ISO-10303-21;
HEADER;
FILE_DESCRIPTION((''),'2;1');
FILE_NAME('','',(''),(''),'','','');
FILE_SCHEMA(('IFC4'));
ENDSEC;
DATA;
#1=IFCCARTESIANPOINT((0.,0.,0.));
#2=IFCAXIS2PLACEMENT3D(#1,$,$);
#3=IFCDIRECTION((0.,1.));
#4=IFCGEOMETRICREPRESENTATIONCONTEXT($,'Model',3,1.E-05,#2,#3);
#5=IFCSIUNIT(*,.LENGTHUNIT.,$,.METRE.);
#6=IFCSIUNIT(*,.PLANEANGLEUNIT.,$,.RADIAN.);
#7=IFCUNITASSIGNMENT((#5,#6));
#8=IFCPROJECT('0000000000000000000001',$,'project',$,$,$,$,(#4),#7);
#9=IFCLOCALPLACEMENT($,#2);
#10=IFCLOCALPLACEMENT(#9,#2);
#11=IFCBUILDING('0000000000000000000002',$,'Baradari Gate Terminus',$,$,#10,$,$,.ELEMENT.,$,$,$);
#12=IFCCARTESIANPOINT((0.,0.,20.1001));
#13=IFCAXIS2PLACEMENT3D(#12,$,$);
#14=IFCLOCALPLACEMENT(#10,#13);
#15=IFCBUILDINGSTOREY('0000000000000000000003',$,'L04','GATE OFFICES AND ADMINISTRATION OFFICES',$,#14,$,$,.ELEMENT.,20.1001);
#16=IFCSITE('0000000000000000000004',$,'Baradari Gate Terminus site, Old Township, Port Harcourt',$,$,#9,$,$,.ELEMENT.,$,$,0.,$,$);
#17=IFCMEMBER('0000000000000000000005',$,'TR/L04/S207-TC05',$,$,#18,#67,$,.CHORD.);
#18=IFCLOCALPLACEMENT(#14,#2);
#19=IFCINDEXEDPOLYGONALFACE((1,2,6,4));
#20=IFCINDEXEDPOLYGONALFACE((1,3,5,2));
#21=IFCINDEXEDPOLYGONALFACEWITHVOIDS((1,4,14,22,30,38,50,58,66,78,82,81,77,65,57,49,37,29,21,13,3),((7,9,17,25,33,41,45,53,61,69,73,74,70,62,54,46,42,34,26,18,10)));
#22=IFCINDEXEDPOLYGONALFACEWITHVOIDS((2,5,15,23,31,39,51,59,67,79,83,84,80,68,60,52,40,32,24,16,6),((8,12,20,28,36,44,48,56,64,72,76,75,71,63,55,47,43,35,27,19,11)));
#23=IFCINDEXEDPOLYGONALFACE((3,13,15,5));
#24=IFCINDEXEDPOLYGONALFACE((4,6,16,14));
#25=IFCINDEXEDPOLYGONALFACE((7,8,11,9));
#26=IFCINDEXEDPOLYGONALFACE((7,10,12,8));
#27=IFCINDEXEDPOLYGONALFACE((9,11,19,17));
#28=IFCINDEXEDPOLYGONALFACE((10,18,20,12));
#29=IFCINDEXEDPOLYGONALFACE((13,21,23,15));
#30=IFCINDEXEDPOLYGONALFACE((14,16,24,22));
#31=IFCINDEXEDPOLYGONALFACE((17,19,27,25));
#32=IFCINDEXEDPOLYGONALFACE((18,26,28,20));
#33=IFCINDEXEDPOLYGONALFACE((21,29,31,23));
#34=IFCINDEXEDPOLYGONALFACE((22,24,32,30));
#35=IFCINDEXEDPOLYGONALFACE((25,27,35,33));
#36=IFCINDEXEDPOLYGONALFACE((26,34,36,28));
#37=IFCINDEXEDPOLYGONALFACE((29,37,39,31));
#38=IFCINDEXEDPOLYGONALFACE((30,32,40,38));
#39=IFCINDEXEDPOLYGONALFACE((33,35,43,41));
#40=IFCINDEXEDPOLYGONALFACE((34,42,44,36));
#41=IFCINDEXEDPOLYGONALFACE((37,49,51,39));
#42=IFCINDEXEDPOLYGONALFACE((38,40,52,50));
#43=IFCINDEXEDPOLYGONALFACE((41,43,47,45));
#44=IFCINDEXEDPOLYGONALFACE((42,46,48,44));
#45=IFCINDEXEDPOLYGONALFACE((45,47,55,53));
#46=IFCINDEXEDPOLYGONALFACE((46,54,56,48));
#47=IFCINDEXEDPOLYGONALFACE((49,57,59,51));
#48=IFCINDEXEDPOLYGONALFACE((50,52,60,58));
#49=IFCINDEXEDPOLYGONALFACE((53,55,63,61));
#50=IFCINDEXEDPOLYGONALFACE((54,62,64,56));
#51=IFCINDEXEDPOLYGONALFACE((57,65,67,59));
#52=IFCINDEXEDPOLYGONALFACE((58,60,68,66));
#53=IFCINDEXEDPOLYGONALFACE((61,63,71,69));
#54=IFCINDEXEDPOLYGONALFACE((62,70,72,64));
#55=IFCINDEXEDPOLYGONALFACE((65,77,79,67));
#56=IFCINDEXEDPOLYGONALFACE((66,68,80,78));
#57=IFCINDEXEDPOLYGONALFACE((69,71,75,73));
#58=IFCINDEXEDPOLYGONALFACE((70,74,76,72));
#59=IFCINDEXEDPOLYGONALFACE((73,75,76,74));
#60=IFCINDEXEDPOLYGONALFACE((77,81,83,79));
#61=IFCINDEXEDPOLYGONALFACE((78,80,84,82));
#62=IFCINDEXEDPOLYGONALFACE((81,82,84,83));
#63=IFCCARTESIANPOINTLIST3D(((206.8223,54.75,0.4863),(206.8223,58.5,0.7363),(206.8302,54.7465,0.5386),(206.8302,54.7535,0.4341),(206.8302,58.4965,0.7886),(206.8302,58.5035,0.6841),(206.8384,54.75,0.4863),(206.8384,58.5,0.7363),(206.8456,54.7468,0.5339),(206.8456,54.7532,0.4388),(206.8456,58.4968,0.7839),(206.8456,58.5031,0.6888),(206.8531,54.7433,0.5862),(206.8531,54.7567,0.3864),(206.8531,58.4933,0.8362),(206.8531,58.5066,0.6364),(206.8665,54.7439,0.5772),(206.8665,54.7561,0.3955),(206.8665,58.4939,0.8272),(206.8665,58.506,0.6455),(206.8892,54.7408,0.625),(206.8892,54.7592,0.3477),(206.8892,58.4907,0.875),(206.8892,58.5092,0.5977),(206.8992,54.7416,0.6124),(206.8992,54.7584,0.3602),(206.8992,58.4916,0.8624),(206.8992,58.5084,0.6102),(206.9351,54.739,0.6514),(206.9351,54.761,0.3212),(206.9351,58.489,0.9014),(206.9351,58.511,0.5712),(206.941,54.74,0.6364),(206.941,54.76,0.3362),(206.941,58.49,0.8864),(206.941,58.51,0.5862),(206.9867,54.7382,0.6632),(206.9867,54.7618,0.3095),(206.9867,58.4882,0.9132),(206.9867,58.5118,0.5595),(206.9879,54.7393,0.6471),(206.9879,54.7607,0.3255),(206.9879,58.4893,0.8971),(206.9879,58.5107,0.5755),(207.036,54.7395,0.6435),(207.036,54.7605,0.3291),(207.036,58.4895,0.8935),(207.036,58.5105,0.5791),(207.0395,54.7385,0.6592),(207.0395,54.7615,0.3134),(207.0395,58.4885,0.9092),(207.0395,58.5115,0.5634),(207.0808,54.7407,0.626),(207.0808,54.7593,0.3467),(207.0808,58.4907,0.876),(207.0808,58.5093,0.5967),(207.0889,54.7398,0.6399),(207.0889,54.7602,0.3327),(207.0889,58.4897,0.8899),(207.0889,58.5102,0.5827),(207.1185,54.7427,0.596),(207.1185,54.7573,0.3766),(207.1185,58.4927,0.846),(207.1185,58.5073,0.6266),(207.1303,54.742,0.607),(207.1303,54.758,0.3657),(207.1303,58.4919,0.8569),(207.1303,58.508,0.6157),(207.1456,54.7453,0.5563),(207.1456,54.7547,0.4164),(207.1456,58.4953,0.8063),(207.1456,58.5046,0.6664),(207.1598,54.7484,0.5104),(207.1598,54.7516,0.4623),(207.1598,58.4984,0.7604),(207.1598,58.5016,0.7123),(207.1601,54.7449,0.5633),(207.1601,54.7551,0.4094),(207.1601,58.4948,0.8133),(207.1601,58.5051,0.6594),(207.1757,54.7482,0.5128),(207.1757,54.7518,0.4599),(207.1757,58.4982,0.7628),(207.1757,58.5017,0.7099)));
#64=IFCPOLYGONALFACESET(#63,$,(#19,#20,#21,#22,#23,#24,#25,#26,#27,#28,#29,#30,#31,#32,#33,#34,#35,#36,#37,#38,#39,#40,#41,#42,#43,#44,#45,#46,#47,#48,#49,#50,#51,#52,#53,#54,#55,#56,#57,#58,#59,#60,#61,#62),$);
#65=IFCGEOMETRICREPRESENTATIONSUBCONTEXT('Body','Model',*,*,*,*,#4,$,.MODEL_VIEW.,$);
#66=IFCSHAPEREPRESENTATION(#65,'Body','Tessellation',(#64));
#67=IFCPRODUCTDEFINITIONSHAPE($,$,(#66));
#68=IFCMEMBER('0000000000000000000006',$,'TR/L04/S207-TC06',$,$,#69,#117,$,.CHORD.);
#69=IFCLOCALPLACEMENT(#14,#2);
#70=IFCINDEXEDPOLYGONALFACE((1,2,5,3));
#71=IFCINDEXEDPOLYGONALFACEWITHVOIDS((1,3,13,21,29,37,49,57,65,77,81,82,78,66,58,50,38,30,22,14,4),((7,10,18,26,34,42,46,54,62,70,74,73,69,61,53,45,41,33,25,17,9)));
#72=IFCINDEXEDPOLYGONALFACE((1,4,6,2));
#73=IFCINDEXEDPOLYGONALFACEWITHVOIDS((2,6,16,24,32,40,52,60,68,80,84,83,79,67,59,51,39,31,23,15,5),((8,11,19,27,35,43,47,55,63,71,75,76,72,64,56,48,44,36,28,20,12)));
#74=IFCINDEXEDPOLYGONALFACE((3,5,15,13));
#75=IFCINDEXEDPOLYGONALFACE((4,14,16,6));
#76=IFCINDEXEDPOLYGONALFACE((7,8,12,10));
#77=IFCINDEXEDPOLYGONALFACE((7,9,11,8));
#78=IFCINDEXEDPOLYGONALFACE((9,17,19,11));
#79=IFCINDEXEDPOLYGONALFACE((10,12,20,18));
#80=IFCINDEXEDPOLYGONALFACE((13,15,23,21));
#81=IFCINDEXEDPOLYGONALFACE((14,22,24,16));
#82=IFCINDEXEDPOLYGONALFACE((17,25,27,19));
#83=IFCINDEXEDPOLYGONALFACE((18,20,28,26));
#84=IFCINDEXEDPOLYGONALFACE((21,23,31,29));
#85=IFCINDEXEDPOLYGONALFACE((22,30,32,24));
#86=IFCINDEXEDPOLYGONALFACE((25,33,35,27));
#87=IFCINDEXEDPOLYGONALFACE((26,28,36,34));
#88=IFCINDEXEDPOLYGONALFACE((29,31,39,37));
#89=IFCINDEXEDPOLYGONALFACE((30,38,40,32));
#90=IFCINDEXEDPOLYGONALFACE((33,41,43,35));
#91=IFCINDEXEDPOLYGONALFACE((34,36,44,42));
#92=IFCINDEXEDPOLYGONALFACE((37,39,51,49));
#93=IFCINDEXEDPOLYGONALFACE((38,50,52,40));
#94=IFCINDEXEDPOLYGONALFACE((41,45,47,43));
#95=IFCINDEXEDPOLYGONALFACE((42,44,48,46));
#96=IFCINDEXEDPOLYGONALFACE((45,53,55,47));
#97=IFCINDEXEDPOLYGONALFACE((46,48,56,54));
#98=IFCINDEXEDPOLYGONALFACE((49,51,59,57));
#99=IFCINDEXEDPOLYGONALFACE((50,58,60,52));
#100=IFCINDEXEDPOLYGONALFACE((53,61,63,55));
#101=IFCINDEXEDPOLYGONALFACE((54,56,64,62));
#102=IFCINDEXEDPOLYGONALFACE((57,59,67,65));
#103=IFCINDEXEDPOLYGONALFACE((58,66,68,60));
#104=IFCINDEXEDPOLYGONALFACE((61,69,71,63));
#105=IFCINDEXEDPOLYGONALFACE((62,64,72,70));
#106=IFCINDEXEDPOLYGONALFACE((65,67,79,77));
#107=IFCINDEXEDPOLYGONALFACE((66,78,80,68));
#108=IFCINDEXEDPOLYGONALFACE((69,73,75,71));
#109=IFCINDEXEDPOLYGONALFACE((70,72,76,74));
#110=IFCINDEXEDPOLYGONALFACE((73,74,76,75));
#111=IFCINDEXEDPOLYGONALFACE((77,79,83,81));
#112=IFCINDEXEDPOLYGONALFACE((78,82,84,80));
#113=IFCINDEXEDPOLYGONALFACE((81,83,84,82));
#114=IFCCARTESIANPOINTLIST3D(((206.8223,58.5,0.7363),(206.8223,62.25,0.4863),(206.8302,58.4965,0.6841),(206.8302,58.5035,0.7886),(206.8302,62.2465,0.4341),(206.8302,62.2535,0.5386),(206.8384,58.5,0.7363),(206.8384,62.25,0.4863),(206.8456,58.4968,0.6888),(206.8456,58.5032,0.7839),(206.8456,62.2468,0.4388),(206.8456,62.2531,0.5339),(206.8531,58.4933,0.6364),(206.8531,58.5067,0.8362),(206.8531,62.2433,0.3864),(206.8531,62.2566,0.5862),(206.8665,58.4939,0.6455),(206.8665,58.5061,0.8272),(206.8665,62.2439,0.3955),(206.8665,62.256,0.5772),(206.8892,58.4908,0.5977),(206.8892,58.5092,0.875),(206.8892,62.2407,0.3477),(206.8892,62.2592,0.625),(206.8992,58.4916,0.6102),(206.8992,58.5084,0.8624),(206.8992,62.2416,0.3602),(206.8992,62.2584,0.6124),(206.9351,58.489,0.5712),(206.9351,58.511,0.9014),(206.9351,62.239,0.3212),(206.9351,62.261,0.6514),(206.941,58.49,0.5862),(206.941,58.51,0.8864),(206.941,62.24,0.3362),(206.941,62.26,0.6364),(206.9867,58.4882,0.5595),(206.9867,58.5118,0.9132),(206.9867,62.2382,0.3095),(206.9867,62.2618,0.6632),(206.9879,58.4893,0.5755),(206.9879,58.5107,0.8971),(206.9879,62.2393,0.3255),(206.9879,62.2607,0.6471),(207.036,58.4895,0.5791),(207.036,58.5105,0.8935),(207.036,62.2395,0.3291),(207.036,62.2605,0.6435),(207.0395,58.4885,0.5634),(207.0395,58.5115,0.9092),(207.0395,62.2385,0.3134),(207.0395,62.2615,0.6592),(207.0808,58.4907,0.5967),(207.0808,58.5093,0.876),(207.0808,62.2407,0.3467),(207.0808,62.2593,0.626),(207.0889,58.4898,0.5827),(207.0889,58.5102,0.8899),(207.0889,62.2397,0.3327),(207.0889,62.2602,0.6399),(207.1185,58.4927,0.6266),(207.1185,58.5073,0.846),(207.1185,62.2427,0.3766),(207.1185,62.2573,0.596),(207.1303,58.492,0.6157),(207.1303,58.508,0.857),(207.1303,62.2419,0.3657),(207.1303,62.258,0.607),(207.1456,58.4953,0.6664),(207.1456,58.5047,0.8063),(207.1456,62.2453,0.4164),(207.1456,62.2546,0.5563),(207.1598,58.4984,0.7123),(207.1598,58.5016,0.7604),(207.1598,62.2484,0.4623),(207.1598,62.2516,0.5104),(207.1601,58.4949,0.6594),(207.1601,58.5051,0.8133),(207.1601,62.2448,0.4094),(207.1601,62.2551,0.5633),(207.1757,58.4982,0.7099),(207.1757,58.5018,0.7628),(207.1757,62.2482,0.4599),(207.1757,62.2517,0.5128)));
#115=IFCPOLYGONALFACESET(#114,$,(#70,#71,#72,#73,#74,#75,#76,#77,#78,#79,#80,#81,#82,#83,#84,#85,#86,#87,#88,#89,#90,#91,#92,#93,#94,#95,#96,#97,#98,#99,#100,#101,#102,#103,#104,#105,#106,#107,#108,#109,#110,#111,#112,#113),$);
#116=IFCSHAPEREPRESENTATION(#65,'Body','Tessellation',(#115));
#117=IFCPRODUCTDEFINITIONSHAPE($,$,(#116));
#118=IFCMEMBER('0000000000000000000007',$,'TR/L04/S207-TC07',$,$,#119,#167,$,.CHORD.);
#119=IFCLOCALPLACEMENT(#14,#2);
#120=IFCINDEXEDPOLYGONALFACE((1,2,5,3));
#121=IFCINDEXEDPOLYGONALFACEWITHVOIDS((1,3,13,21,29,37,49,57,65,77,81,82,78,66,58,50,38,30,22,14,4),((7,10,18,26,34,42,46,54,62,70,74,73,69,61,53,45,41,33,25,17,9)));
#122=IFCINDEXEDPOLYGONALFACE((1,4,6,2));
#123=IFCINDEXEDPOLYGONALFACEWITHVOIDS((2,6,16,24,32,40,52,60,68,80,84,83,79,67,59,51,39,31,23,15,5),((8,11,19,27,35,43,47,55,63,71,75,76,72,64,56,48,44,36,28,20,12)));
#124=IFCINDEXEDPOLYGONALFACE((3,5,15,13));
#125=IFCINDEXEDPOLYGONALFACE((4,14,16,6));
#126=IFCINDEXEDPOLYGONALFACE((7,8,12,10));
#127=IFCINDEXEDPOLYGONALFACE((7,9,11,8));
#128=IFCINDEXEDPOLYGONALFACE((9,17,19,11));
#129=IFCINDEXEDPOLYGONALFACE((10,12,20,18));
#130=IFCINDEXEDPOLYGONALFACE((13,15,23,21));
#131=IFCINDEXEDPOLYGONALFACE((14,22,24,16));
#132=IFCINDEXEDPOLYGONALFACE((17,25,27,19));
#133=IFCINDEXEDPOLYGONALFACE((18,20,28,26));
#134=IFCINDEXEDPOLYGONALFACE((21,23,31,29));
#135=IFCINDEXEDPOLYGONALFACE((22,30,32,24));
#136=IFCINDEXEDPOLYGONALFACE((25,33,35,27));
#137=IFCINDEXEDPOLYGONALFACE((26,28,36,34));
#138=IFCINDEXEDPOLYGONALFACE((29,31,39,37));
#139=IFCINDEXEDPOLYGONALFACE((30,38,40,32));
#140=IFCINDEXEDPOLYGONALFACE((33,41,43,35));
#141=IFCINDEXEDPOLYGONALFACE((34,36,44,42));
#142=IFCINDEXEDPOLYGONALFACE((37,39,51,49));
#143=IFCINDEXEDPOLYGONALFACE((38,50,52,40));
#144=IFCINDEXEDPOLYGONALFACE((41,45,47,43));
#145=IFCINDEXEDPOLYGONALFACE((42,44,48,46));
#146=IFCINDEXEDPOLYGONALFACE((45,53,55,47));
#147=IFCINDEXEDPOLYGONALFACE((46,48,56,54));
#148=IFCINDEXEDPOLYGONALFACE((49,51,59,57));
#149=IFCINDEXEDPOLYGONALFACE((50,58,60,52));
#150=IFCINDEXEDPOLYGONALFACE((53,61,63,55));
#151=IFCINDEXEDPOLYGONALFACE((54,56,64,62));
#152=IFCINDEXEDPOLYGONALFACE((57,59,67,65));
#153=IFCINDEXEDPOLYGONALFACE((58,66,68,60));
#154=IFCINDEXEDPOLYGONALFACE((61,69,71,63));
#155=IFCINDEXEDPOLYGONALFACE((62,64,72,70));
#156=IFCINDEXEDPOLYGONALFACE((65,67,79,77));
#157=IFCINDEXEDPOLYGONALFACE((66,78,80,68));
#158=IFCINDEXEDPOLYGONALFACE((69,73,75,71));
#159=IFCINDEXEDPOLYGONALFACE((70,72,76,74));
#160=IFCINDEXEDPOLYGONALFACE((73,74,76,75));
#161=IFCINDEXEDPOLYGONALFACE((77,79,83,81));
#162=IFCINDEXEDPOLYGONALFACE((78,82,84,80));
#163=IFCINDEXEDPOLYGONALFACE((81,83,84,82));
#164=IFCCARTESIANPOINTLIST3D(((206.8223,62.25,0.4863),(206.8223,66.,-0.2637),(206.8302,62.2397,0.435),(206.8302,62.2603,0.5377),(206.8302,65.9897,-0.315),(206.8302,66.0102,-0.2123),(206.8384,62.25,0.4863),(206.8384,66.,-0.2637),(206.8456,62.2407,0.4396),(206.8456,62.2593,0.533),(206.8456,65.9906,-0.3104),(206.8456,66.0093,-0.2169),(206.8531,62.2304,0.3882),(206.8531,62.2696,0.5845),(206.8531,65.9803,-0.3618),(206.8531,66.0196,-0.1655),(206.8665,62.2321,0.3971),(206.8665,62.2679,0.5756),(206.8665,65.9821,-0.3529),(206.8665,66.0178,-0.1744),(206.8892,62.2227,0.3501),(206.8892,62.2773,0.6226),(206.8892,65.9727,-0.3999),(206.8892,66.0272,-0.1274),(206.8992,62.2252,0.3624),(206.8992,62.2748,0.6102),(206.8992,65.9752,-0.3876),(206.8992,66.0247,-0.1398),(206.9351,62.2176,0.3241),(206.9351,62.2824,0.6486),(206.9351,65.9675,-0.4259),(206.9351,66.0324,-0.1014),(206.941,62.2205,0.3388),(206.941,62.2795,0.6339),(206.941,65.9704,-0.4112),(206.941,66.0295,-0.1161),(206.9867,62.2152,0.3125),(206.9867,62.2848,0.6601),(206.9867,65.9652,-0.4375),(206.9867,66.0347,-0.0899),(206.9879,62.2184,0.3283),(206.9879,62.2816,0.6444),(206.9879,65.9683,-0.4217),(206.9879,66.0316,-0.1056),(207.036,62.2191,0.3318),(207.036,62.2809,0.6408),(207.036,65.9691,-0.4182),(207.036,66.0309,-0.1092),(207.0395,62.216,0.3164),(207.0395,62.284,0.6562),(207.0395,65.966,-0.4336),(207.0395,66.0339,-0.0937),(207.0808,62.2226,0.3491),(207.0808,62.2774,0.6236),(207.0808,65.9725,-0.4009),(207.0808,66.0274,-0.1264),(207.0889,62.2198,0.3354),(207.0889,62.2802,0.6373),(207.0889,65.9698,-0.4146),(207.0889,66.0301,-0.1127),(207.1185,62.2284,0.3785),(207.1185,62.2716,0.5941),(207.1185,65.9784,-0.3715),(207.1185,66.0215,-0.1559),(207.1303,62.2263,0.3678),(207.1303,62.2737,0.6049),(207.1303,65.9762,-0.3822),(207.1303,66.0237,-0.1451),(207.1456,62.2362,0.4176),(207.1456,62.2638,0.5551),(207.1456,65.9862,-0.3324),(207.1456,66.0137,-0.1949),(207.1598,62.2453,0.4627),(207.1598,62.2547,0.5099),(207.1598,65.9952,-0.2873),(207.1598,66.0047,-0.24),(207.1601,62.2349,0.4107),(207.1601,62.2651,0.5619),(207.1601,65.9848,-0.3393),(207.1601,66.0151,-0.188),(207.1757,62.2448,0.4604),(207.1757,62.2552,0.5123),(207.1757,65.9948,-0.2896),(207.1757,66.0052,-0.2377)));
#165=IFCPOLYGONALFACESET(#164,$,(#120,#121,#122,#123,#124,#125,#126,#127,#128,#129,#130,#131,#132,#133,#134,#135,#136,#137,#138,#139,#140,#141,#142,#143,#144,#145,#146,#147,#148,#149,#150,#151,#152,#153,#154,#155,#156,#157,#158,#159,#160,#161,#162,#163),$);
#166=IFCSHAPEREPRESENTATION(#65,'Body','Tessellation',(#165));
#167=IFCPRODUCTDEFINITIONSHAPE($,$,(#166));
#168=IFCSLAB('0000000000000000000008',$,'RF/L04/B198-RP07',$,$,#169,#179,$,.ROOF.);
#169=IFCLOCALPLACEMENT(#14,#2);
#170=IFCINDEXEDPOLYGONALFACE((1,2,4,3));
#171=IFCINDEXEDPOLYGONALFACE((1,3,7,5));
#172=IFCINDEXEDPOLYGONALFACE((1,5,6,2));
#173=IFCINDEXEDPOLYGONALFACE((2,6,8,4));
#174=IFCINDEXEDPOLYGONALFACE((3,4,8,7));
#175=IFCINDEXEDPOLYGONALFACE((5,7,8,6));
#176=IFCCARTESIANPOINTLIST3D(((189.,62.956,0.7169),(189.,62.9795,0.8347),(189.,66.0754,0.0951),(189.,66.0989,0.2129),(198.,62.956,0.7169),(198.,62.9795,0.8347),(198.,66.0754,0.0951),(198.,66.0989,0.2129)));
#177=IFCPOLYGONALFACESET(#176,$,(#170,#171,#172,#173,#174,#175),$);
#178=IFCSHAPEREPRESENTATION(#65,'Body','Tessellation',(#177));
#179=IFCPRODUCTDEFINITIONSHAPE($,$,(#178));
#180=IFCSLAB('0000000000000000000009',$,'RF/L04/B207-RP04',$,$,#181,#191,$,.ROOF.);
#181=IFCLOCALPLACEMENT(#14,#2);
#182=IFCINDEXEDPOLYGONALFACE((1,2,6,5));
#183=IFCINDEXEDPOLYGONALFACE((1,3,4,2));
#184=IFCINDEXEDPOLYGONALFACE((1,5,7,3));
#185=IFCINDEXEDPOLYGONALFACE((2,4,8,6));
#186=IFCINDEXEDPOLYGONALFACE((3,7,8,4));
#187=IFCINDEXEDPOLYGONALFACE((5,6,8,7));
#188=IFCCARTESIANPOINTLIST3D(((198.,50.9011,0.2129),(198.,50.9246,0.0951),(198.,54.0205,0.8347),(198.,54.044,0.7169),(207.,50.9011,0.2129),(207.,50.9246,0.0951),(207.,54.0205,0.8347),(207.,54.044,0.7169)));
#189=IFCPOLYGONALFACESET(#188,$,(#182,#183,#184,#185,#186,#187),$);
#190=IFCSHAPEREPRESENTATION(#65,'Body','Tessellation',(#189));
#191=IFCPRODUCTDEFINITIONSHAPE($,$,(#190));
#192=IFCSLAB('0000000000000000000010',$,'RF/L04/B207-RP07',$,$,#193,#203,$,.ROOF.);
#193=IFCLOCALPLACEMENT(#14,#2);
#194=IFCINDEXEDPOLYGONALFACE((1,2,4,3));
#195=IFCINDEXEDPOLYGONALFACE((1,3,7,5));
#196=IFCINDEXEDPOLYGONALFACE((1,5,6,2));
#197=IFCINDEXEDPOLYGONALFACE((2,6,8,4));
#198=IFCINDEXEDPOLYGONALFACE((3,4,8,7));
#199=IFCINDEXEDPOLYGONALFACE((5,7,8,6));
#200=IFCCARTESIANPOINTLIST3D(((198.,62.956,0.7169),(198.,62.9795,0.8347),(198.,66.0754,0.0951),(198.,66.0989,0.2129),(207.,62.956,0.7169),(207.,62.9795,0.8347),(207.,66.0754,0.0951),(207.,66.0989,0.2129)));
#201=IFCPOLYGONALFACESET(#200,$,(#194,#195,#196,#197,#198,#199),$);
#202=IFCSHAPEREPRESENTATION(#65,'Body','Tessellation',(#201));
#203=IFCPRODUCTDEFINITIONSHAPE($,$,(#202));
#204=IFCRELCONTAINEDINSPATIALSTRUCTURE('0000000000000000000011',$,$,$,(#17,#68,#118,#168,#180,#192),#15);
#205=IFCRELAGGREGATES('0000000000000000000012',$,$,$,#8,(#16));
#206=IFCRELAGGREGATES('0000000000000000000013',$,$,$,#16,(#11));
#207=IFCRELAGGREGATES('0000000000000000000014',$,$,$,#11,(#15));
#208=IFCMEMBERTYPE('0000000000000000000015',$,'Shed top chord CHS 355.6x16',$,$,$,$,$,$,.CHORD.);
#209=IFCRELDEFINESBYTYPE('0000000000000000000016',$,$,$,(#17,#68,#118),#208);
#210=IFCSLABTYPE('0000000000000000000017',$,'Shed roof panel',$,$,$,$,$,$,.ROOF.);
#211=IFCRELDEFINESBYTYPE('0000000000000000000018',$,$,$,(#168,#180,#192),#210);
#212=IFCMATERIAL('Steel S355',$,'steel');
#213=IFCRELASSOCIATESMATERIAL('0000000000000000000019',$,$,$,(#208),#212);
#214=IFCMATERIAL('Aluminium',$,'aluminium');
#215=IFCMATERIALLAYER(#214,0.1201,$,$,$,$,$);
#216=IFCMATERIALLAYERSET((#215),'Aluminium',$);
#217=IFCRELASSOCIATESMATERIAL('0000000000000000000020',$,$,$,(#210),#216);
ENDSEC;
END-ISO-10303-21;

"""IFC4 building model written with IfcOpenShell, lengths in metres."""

from ifc_helpers import new_model, si_unit, direction, frame, origin, origin_2d, place, context, subcontext, project, spatial, polyline, hollow_circle, outline, extrude, material, layer, layer_set, material_profile, profile_set, type_object, element, save


model = new_model("IFC4")

# Units and contexts
model_context = context("Model", 3, precision=1e-05, world=origin(), true_north=direction((0.0, 1.0)))
body_context = subcontext(model_context, "Body", "Model", "MODEL_VIEW")
ifc_project = project(units=[si_unit("LENGTHUNIT", "METRE"), si_unit("PLANEANGLEUNIT", "RADIAN")], contexts=[model_context])

# Site, building, storey
site_placement = place(None, origin())
site = spatial("IfcSite", under=ifc_project, at=site_placement, Name="Baradari Gate Terminus site, Old Township, Port Harcourt", CompositionType="ELEMENT", RefElevation=0.0)
building_placement = place(site_placement, origin())
building = spatial("IfcBuilding", under=site, at=building_placement, Name="Baradari Gate Terminus", CompositionType="ELEMENT")
storey_placement = place(building_placement, frame((0.0, 0.0, 20.1001)))
storey = spatial("IfcBuildingStorey", under=building, at=storey_placement, Name="L04", Description="GATE OFFICES AND ADMINISTRATION OFFICES", CompositionType="ELEMENT", Elevation=20.1001)

# Members
ifc_material_1 = material(Name="Steel S355", Category="steel")
ifc_material_profile_1 = material_profile(ifc_material_1, hollow_circle(Radius=0.1777, WallThickness=0.0161, at=origin_2d()), Name="CHS 355.6x16")
ifc_profile_set_1 = profile_set([ifc_material_profile_1], Name="Steel S355")
member_type_1 = type_object("IfcMemberType", Name="Shed top chord CHS 355.6x16", PredefinedType="CHORD", material=ifc_profile_set_1)
for number, where, z_axis, x_axis, name in (
    (1, (207.0, 54.75, 0.4863), (0.0, 0.997785, 0.066519), (-1.0, 0.0, 0.0), "TR/L04/S207-TC05"),
    (2, (207.0, 58.5, 0.7363), (0.0, 0.997785, -0.066519), (-1.0, 0.0, 0.0), "TR/L04/S207-TC06"),
):
    element("IfcMember", number, at=place(storey_placement, frame(where, z_axis=z_axis, x_axis=x_axis)), inside=storey, type_object=member_type_1, Name=name, PredefinedType="CHORD", context=body_context, shape_type="SweptSolid", body=[
        extrude(hollow_circle(Radius=0.1777, WallThickness=0.0161, at=origin_2d()), origin(), (0.0, 0.0, 1.0), 3.7583),
    ])
member_1_placement = place(storey_placement, frame((207.0, 62.25, 0.4863), z_axis=(0.0, 0.980581, -0.196116), x_axis=(-1.0, 0.0, 0.0)))
element("IfcMember", 3, at=member_1_placement, inside=storey, type_object=member_type_1, Name="TR/L04/S207-TC07", PredefinedType="CHORD", context=body_context, shape_type="SweptSolid", body=[
    extrude(hollow_circle(Radius=0.1777, WallThickness=0.0161, at=origin_2d()), origin(), (0.0, 0.0, 1.0), 3.8242),
])

# Slabs
ifc_material_2 = material(Name="Aluminium", Category="aluminium")
ifc_layer_1 = layer(ifc_material_2, 0.1201)
ifc_layer_set_1 = layer_set([ifc_layer_1], Name="Aluminium")
slab_type = type_object("IfcSlabType", Name="Shed roof panel", PredefinedType="ROOF", material=ifc_layer_set_1)
for number, where, z_axis, x_axis, name in (
    (4, (189.0, 62.9795, 0.8347), (0.0, 0.195496, 0.980704), (1.0, 0.0, 0.0), "RF/L04/B198-RP07"),
    (5, (198.0, 50.9011, 0.2129), (0.0, -0.195496, 0.980704), (1.0, 0.0, 0.0), "RF/L04/B207-RP04"),
    (6, (198.0, 62.9795, 0.8347), (0.0, 0.195496, 0.980704), (1.0, 0.0, 0.0), "RF/L04/B207-RP07"),
):
    element("IfcSlab", number, at=place(storey_placement, frame(where, z_axis=z_axis, x_axis=x_axis)), inside=storey, type_object=slab_type, Name=name, PredefinedType="ROOF", context=body_context, shape_type="SweptSolid", body=[
        extrude(outline(polyline([(0.0, 0.0), (9.0, 0.0), (9.0, 3.1808), (0.0, 3.1808), (0.0, 0.0)])), origin(), (0.0, 0.0, -1.0), 0.1201),
    ])

save(model, "model.ifc")
